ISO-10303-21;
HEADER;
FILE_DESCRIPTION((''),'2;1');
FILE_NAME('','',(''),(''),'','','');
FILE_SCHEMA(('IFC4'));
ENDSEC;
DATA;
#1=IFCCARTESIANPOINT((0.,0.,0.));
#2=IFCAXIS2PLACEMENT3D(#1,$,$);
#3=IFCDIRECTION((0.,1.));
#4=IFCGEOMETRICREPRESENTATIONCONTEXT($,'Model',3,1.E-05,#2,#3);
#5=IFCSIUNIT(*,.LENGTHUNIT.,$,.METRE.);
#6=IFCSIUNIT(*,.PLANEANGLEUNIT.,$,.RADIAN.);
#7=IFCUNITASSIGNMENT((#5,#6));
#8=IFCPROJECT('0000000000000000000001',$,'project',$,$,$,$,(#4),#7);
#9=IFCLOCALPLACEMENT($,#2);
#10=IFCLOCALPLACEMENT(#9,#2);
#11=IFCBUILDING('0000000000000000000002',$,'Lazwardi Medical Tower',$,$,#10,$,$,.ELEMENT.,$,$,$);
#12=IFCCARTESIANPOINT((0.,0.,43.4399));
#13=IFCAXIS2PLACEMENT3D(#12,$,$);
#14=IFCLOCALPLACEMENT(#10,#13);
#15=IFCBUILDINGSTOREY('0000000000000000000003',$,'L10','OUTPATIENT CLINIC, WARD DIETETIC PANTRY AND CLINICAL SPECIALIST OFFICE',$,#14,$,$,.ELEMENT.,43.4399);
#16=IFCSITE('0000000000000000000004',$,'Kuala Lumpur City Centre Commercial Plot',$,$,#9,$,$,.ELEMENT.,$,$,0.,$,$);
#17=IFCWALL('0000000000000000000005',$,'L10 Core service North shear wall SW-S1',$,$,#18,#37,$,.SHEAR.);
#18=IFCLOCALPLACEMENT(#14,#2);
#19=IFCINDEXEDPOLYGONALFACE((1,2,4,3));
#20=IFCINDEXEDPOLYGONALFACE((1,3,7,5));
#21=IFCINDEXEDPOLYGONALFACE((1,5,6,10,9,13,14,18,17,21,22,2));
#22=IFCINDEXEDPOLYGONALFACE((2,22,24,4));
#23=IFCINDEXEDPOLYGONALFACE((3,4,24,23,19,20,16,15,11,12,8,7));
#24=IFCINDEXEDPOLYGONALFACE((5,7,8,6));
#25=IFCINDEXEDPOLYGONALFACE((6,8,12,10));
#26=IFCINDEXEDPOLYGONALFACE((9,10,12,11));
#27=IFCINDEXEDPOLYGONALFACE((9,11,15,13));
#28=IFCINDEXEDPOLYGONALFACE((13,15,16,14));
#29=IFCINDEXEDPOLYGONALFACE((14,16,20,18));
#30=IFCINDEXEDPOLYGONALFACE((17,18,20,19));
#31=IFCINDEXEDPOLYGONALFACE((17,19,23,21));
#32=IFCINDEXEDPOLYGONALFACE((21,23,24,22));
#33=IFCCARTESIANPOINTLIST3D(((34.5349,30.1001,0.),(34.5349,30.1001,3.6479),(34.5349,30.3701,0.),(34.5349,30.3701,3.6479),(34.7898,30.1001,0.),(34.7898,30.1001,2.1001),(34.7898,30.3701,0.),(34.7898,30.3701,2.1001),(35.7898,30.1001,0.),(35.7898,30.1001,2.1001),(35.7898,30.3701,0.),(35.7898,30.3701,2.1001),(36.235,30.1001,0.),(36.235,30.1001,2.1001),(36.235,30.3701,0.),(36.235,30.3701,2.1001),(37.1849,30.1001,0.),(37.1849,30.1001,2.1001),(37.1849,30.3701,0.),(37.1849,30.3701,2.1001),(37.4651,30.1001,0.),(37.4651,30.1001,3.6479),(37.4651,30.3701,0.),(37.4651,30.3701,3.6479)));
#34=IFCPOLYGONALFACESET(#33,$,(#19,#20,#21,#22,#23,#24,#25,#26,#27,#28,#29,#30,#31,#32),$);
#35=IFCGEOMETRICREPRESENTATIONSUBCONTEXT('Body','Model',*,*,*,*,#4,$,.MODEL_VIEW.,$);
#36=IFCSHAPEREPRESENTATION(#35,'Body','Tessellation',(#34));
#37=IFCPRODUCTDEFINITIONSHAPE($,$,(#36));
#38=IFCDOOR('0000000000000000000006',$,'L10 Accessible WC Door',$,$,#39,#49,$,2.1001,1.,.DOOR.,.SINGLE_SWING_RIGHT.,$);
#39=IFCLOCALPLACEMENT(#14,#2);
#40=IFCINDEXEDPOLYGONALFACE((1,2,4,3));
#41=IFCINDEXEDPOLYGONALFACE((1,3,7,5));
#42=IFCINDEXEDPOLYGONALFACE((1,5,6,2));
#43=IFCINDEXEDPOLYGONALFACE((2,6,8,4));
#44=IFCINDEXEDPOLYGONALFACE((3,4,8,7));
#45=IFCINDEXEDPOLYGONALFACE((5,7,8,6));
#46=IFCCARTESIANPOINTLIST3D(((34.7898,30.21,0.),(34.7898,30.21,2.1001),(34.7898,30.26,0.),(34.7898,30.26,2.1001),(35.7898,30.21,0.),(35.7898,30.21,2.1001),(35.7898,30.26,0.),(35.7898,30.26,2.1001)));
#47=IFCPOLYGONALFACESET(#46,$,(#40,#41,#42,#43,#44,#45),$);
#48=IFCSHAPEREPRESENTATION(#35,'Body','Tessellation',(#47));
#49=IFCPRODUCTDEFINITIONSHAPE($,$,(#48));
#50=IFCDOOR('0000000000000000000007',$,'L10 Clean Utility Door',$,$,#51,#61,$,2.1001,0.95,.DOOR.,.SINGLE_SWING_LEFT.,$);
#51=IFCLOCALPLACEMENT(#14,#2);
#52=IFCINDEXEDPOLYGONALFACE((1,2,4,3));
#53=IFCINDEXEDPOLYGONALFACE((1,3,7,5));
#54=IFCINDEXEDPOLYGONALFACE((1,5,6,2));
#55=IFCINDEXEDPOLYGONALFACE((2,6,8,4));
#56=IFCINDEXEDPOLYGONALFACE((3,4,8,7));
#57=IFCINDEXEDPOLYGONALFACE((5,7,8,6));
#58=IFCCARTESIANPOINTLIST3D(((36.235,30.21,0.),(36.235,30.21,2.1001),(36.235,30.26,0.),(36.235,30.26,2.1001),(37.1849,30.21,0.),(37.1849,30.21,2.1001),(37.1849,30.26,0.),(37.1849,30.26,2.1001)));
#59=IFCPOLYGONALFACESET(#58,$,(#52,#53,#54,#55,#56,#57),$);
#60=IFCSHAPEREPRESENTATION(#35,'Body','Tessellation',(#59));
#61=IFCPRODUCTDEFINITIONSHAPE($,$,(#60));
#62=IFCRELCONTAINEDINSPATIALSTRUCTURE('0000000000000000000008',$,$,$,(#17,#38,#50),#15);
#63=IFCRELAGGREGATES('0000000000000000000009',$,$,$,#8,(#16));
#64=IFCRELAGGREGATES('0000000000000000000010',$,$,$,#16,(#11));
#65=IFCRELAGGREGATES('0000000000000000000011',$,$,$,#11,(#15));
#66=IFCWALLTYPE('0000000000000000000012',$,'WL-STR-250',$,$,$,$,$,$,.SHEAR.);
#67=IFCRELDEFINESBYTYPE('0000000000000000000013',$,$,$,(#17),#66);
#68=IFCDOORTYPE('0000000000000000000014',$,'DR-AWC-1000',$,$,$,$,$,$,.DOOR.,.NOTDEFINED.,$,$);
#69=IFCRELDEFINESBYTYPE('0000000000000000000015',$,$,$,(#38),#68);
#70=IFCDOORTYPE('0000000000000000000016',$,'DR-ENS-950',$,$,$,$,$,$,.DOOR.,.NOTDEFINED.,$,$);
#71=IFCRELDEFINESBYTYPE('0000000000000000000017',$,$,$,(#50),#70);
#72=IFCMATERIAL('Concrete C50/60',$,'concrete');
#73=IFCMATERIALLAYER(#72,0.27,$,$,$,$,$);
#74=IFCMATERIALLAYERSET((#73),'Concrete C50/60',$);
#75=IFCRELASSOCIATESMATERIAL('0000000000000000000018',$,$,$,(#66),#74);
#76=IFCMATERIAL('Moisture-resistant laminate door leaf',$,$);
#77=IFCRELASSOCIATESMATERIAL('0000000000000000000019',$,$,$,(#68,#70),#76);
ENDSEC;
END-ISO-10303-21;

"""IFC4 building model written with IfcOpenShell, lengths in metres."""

from ifc_helpers import new_model, si_unit, direction, frame, frame_2d, origin, place, context, subcontext, project, spatial, rectangle, extrude, material, layer, layer_set, type_object, element, fill, save


model = new_model("IFC4")

# Units and contexts
model_context = context("Model", 3, precision=1e-05, world=origin(), true_north=direction((0.0, 1.0)))
body_context = subcontext(model_context, "Body", "Model", "MODEL_VIEW")
ifc_project = project(units=[si_unit("LENGTHUNIT", "METRE"), si_unit("PLANEANGLEUNIT", "RADIAN")], contexts=[model_context])

# Site, building, storey
site_placement = place(None, origin())
site = spatial("IfcSite", under=ifc_project, at=site_placement, Name="Kuala Lumpur City Centre Commercial Plot", CompositionType="ELEMENT", RefElevation=0.0)
building_placement = place(site_placement, origin())
building = spatial("IfcBuilding", under=site, at=building_placement, Name="Lazwardi Medical Tower", CompositionType="ELEMENT")
storey_placement = place(building_placement, frame((0.0, 0.0, 43.4399)))
storey = spatial("IfcBuildingStorey", under=building, at=storey_placement, Name="L10", Description="OUTPATIENT CLINIC, WARD DIETETIC PANTRY AND CLINICAL SPECIALIST OFFICE", CompositionType="ELEMENT", Elevation=43.4399)

# Wall, openings, doors
ifc_material_1 = material(Name="Concrete C50/60", Category="concrete")
ifc_layer_1 = layer(ifc_material_1, 0.27)
ifc_layer_set_1 = layer_set([ifc_layer_1], Name="Concrete C50/60")
wall_type_1 = type_object("IfcWallType", Name="WL-STR-250", PredefinedType="SHEAR", material=ifc_layer_set_1)
wall_1_placement = place(storey_placement, frame((34.5349, 30.2351, 0.0), z_axis=(0.0, 0.0, 1.0), x_axis=(1.0, 0.0, 0.0)))
wall_1 = element("IfcWall", 1, at=wall_1_placement, inside=storey, type_object=wall_type_1, Name="L10 Core service North shear wall SW-S1", PredefinedType="SHEAR", context=body_context, shape_type="SweptSolid", body=[
    extrude(rectangle(XDim=2.9302, YDim=0.27, at=frame_2d((1.4651, 0.0))), origin(), (0.0, 0.0, 1.0), 3.6479),
])
opening_1_placement = place(wall_1_placement, frame((0.2549, 0.0, 0.0)))
opening_1 = element("IfcOpeningElement", 2, at=opening_1_placement, cuts=wall_1, PredefinedType="OPENING", context=body_context, shape_type="SweptSolid", body=[
    extrude(rectangle(XDim=1.0, YDim=2.1001, at=frame_2d((0.5, 1.05))), frame((0.0, 0.145, 0.0), z_axis=(0.0, -1.0, 0.0), x_axis=(1.0, 0.0, 0.0)), (0.0, 0.0, 1.0), 0.29),
])
opening_2_placement = place(wall_1_placement, frame((1.7, 0.0, 0.0)))
opening_2 = element("IfcOpeningElement", 3, at=opening_2_placement, cuts=wall_1, PredefinedType="OPENING", context=body_context, shape_type="SweptSolid", body=[
    extrude(rectangle(XDim=0.95, YDim=2.1001, at=frame_2d((0.4751, 1.05))), frame((0.0, 0.145, 0.0), z_axis=(0.0, -1.0, 0.0), x_axis=(1.0, 0.0, 0.0)), (0.0, 0.0, 1.0), 0.29),
])
ifc_material_2 = material(Name="Moisture-resistant laminate door leaf")
door_type_1 = type_object("IfcDoorType", Name="DR-AWC-1000", OperationType="NOTDEFINED", PredefinedType="DOOR", material=ifc_material_2)
door_1_placement = place(opening_1_placement, origin())
door_1 = element("IfcDoor", 4, at=door_1_placement, inside=storey, type_object=door_type_1, Name="L10 Accessible WC Door", OperationType="SINGLE_SWING_RIGHT", OverallHeight=2.1001, OverallWidth=1.0, PredefinedType="DOOR", context=body_context, shape_type="SweptSolid", body=[
    extrude(rectangle(XDim=1.0, YDim=2.1001, at=frame_2d((0.5, 1.05))), frame((0.0, 0.0249, 0.0), z_axis=(0.0, -1.0, 0.0), x_axis=(1.0, 0.0, 0.0)), (0.0, 0.0, 1.0), 0.05),
])
fill(opening_1, door_1)
door_type_2 = type_object("IfcDoorType", Name="DR-ENS-950", OperationType="NOTDEFINED", PredefinedType="DOOR", material=ifc_material_2)
door_2_placement = place(opening_2_placement, origin())
door_2 = element("IfcDoor", 5, at=door_2_placement, inside=storey, type_object=door_type_2, Name="L10 Clean Utility Door", OperationType="SINGLE_SWING_LEFT", OverallHeight=2.1001, OverallWidth=0.95, PredefinedType="DOOR", context=body_context, shape_type="SweptSolid", body=[
    extrude(rectangle(XDim=0.95, YDim=2.1001, at=frame_2d((0.4751, 1.05))), frame((0.0, 0.0249, 0.0), z_axis=(0.0, -1.0, 0.0), x_axis=(1.0, 0.0, 0.0)), (0.0, 0.0, 1.0), 0.05),
])
fill(opening_2, door_2)

save(model, "model.ifc")
